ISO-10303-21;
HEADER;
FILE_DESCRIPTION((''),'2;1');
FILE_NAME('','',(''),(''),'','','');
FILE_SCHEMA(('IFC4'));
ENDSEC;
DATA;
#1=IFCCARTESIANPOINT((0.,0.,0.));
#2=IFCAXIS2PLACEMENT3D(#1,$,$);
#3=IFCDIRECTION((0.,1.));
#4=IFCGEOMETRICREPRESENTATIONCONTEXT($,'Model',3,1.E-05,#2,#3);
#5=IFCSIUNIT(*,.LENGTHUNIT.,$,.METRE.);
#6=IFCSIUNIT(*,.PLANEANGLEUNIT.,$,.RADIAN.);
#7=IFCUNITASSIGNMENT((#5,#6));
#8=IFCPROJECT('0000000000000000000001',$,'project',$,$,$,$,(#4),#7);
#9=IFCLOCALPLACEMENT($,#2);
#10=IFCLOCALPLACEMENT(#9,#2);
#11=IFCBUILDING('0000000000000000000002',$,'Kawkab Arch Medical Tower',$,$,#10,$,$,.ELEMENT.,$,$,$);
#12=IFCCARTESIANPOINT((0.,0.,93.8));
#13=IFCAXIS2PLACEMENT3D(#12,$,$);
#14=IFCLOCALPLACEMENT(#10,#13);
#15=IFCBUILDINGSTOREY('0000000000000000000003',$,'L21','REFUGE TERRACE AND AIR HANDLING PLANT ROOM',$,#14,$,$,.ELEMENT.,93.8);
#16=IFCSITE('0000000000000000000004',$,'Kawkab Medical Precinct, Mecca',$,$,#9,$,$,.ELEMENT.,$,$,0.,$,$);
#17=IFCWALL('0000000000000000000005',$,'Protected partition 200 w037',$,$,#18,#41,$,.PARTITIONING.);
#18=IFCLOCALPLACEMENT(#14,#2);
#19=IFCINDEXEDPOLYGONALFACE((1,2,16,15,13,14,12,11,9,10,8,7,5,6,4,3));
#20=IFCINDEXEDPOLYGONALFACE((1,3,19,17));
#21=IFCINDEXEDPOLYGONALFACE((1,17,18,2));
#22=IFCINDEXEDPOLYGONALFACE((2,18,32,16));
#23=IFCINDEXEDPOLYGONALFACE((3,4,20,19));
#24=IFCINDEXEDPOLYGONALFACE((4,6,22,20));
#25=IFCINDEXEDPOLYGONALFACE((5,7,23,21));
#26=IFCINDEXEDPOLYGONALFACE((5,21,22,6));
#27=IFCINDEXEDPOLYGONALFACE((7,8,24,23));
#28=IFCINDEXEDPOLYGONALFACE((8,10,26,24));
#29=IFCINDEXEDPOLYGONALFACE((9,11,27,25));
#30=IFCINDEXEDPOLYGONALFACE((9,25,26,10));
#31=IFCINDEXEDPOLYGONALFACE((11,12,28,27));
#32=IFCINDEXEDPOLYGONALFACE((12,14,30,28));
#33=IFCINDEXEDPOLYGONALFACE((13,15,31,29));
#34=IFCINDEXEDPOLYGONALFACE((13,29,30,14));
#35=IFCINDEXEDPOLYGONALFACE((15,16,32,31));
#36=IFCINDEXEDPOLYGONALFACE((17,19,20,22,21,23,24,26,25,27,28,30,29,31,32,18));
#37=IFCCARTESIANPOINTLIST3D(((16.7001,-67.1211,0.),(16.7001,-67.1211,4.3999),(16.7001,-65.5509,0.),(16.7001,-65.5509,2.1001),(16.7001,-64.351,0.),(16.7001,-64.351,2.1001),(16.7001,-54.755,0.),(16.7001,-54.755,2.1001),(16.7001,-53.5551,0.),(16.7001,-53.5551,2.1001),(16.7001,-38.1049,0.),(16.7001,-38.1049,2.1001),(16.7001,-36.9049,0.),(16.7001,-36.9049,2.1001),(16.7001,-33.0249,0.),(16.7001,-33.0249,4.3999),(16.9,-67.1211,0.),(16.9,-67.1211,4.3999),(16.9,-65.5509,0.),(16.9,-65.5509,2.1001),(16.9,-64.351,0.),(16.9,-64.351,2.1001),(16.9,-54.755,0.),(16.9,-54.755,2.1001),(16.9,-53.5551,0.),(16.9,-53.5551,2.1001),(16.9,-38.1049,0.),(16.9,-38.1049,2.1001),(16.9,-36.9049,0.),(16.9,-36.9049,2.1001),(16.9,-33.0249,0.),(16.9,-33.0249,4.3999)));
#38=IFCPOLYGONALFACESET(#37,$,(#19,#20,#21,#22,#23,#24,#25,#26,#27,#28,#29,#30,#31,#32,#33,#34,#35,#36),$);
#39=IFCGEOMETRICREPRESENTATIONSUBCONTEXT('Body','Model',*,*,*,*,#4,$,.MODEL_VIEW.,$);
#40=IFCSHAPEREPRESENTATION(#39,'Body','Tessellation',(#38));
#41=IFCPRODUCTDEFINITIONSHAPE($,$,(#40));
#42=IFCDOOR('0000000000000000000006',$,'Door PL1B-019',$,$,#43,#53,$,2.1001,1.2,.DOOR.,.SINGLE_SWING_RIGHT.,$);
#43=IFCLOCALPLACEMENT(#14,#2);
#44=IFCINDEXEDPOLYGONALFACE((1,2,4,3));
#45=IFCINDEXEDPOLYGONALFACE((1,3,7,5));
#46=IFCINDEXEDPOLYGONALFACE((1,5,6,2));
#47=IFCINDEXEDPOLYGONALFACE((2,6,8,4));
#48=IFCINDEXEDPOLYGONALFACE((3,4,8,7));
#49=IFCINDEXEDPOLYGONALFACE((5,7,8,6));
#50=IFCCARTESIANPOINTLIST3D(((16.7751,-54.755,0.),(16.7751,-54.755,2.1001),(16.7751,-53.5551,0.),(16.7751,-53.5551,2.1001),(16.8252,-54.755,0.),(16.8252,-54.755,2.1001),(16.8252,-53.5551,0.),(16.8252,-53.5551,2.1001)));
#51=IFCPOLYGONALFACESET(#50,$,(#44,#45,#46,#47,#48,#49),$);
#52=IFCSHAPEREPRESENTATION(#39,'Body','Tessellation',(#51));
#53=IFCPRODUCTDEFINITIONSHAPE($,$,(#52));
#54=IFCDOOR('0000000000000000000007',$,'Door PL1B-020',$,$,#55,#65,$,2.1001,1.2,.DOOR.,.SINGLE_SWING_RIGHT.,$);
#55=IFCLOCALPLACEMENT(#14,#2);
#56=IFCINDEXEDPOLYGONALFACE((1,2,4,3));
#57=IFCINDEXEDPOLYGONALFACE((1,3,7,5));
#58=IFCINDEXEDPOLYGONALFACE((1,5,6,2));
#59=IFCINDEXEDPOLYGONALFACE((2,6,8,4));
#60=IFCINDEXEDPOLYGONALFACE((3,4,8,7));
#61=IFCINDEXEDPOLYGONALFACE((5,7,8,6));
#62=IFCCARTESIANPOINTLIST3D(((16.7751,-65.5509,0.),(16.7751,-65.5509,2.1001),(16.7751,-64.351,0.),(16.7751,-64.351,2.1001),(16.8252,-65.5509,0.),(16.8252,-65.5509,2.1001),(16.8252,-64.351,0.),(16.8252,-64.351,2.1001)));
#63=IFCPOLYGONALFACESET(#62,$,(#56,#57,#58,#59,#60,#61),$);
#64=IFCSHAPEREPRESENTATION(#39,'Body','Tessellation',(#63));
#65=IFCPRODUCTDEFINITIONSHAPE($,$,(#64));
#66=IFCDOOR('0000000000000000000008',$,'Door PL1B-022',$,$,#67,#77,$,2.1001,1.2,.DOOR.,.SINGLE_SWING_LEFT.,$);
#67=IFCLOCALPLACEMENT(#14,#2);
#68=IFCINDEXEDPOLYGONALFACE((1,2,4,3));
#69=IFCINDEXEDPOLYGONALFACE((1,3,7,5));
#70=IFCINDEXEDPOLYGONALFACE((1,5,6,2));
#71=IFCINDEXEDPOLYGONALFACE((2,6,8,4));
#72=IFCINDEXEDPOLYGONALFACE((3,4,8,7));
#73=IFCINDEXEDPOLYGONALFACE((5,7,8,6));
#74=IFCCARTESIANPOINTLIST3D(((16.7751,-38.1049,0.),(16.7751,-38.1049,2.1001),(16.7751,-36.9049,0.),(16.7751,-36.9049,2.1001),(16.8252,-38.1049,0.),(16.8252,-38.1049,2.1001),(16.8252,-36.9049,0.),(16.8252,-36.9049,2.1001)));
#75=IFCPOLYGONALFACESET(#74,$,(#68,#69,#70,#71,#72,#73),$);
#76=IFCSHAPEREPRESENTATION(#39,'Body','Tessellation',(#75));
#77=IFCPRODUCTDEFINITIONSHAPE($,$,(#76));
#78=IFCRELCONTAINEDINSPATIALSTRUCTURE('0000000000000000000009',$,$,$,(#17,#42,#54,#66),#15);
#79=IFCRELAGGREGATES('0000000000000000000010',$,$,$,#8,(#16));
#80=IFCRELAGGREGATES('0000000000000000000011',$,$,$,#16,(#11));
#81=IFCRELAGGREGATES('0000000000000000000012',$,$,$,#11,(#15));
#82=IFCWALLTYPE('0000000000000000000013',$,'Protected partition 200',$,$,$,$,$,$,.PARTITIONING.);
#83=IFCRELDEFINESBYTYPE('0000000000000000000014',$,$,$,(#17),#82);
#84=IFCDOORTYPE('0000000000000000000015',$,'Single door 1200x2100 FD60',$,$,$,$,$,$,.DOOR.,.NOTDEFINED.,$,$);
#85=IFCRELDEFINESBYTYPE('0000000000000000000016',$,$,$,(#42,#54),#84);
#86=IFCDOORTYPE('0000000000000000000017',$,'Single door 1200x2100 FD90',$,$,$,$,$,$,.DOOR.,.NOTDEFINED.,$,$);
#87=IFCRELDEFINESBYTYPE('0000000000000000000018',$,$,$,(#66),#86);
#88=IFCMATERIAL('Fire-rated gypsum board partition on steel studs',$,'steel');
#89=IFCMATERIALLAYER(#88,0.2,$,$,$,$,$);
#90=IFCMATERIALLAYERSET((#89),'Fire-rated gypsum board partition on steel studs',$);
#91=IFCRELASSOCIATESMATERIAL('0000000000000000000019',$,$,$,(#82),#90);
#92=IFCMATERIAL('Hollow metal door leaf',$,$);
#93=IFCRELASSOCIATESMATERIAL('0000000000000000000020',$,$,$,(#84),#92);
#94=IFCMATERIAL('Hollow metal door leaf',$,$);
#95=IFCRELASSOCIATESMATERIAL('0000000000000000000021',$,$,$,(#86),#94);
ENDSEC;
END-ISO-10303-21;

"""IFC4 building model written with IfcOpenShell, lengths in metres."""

from ifc_helpers import new_model, si_unit, direction, frame, frame_2d, origin, place, context, subcontext, project, spatial, rectangle, extrude, material, layer, layer_set, type_object, element, fill, save


model = new_model("IFC4")

# Units and contexts
model_context = context("Model", 3, precision=1e-05, world=origin(), true_north=direction((0.0, 1.0)))
body_context = subcontext(model_context, "Body", "Model", "MODEL_VIEW")
ifc_project = project(units=[si_unit("LENGTHUNIT", "METRE"), si_unit("PLANEANGLEUNIT", "RADIAN")], contexts=[model_context])

# Site, building, storey
site_placement = place(None, origin())
site = spatial("IfcSite", under=ifc_project, at=site_placement, Name="Kawkab Medical Precinct, Mecca", CompositionType="ELEMENT", RefElevation=0.0)
building_placement = place(site_placement, origin())
building = spatial("IfcBuilding", under=site, at=building_placement, Name="Kawkab Arch Medical Tower", CompositionType="ELEMENT")
storey_placement = place(building_placement, frame((0.0, 0.0, 93.8)))
storey = spatial("IfcBuildingStorey", under=building, at=storey_placement, Name="L21", Description="REFUGE TERRACE AND AIR HANDLING PLANT ROOM", CompositionType="ELEMENT", Elevation=93.8)

# Shared definitions
ifc_material_1 = material(Name="Fire-rated gypsum board partition on steel studs", Category="steel")
ifc_layer_1 = layer(ifc_material_1, 0.2)
ifc_layer_set_1 = layer_set([ifc_layer_1], Name="Fire-rated gypsum board partition on steel studs")
wall_type_1 = type_object("IfcWallType", Name="Protected partition 200", PredefinedType="PARTITIONING", material=ifc_layer_set_1)

# Shared definitions
ifc_material_2 = material(Name="Hollow metal door leaf")
door_type_1 = type_object("IfcDoorType", Name="Single door 1200x2100 FD60", OperationType="NOTDEFINED", PredefinedType="DOOR", material=ifc_material_2)

# Wall, openings, doors
wall_1_placement = place(storey_placement, frame((16.8, -67.1211, 0.0), z_axis=(0.0, 0.0, 1.0), x_axis=(0.0, 1.0, 0.0)))
wall_1 = element("IfcWall", 1, at=wall_1_placement, inside=storey, type_object=wall_type_1, Name="Protected partition 200 w037", PredefinedType="PARTITIONING", context=body_context, shape_type="SweptSolid", body=[
    extrude(rectangle(XDim=34.0962, YDim=0.2, at=frame_2d((17.0481, 0.0))), origin(), (0.0, 0.0, 1.0), 4.3999),
])
opening_1_placement = place(wall_1_placement, frame((29.0161, 0.0, 0.0)))
opening_1 = element("IfcOpeningElement", 2, at=opening_1_placement, cuts=wall_1, PredefinedType="OPENING", context=body_context, shape_type="SweptSolid", body=[
    extrude(rectangle(XDim=1.2, YDim=2.1001, at=frame_2d((0.6001, 1.05))), frame((0.0, 0.1099, 0.0), z_axis=(0.0, -1.0, 0.0), x_axis=(1.0, 0.0, 0.0)), (0.0, 0.0, 1.0), 0.22),
])
opening_2_placement = place(wall_1_placement, frame((12.366, 0.0, 0.0)))
opening_2 = element("IfcOpeningElement", 3, at=opening_2_placement, cuts=wall_1, PredefinedType="OPENING", context=body_context, shape_type="SweptSolid", body=[
    extrude(rectangle(XDim=1.2, YDim=2.1001, at=frame_2d((0.6001, 1.05))), frame((0.0, 0.1099, 0.0), z_axis=(0.0, -1.0, 0.0), x_axis=(1.0, 0.0, 0.0)), (0.0, 0.0, 1.0), 0.22),
])
opening_3_placement = place(wall_1_placement, frame((1.5701, 0.0, 0.0)))
opening_3 = element("IfcOpeningElement", 4, at=opening_3_placement, cuts=wall_1, PredefinedType="OPENING", context=body_context, shape_type="SweptSolid", body=[
    extrude(rectangle(XDim=1.2, YDim=2.1001, at=frame_2d((0.6001, 1.05))), frame((0.0, 0.1099, 0.0), z_axis=(0.0, -1.0, 0.0), x_axis=(1.0, 0.0, 0.0)), (0.0, 0.0, 1.0), 0.22),
])
door_1_placement = place(opening_2_placement, origin())
door_1 = element("IfcDoor", 5, at=door_1_placement, inside=storey, type_object=door_type_1, Name="Door PL1B-019", OperationType="SINGLE_SWING_RIGHT", OverallHeight=2.1001, OverallWidth=1.2, PredefinedType="DOOR", context=body_context, shape_type="SweptSolid", body=[
    extrude(rectangle(XDim=1.2, YDim=2.1001, at=frame_2d((0.6001, 1.05))), frame((0.0, 0.0249, 0.0), z_axis=(0.0, -1.0, 0.0), x_axis=(1.0, 0.0, 0.0)), (0.0, 0.0, 1.0), 0.05),
])
fill(opening_2, door_1)
door_2_placement = place(opening_3_placement, origin())
door_2 = element("IfcDoor", 6, at=door_2_placement, inside=storey, type_object=door_type_1, Name="Door PL1B-020", OperationType="SINGLE_SWING_RIGHT", OverallHeight=2.1001, OverallWidth=1.2, PredefinedType="DOOR", context=body_context, shape_type="SweptSolid", body=[
    extrude(rectangle(XDim=1.2, YDim=2.1001, at=frame_2d((0.6001, 1.05))), frame((0.0, 0.0249, 0.0), z_axis=(0.0, -1.0, 0.0), x_axis=(1.0, 0.0, 0.0)), (0.0, 0.0, 1.0), 0.05),
])
fill(opening_3, door_2)
ifc_material_3 = material(Name="Hollow metal door leaf")
door_type_2 = type_object("IfcDoorType", Name="Single door 1200x2100 FD90", OperationType="NOTDEFINED", PredefinedType="DOOR", material=ifc_material_3)
door_3_placement = place(opening_1_placement, origin())
door_3 = element("IfcDoor", 7, at=door_3_placement, inside=storey, type_object=door_type_2, Name="Door PL1B-022", OperationType="SINGLE_SWING_LEFT", OverallHeight=2.1001, OverallWidth=1.2, PredefinedType="DOOR", context=body_context, shape_type="SweptSolid", body=[
    extrude(rectangle(XDim=1.2, YDim=2.1001, at=frame_2d((0.6001, 1.05))), frame((0.0, 0.0249, 0.0), z_axis=(0.0, -1.0, 0.0), x_axis=(1.0, 0.0, 0.0)), (0.0, 0.0, 1.0), 0.05),
])
fill(opening_1, door_3)

save(model, "model.ifc")
